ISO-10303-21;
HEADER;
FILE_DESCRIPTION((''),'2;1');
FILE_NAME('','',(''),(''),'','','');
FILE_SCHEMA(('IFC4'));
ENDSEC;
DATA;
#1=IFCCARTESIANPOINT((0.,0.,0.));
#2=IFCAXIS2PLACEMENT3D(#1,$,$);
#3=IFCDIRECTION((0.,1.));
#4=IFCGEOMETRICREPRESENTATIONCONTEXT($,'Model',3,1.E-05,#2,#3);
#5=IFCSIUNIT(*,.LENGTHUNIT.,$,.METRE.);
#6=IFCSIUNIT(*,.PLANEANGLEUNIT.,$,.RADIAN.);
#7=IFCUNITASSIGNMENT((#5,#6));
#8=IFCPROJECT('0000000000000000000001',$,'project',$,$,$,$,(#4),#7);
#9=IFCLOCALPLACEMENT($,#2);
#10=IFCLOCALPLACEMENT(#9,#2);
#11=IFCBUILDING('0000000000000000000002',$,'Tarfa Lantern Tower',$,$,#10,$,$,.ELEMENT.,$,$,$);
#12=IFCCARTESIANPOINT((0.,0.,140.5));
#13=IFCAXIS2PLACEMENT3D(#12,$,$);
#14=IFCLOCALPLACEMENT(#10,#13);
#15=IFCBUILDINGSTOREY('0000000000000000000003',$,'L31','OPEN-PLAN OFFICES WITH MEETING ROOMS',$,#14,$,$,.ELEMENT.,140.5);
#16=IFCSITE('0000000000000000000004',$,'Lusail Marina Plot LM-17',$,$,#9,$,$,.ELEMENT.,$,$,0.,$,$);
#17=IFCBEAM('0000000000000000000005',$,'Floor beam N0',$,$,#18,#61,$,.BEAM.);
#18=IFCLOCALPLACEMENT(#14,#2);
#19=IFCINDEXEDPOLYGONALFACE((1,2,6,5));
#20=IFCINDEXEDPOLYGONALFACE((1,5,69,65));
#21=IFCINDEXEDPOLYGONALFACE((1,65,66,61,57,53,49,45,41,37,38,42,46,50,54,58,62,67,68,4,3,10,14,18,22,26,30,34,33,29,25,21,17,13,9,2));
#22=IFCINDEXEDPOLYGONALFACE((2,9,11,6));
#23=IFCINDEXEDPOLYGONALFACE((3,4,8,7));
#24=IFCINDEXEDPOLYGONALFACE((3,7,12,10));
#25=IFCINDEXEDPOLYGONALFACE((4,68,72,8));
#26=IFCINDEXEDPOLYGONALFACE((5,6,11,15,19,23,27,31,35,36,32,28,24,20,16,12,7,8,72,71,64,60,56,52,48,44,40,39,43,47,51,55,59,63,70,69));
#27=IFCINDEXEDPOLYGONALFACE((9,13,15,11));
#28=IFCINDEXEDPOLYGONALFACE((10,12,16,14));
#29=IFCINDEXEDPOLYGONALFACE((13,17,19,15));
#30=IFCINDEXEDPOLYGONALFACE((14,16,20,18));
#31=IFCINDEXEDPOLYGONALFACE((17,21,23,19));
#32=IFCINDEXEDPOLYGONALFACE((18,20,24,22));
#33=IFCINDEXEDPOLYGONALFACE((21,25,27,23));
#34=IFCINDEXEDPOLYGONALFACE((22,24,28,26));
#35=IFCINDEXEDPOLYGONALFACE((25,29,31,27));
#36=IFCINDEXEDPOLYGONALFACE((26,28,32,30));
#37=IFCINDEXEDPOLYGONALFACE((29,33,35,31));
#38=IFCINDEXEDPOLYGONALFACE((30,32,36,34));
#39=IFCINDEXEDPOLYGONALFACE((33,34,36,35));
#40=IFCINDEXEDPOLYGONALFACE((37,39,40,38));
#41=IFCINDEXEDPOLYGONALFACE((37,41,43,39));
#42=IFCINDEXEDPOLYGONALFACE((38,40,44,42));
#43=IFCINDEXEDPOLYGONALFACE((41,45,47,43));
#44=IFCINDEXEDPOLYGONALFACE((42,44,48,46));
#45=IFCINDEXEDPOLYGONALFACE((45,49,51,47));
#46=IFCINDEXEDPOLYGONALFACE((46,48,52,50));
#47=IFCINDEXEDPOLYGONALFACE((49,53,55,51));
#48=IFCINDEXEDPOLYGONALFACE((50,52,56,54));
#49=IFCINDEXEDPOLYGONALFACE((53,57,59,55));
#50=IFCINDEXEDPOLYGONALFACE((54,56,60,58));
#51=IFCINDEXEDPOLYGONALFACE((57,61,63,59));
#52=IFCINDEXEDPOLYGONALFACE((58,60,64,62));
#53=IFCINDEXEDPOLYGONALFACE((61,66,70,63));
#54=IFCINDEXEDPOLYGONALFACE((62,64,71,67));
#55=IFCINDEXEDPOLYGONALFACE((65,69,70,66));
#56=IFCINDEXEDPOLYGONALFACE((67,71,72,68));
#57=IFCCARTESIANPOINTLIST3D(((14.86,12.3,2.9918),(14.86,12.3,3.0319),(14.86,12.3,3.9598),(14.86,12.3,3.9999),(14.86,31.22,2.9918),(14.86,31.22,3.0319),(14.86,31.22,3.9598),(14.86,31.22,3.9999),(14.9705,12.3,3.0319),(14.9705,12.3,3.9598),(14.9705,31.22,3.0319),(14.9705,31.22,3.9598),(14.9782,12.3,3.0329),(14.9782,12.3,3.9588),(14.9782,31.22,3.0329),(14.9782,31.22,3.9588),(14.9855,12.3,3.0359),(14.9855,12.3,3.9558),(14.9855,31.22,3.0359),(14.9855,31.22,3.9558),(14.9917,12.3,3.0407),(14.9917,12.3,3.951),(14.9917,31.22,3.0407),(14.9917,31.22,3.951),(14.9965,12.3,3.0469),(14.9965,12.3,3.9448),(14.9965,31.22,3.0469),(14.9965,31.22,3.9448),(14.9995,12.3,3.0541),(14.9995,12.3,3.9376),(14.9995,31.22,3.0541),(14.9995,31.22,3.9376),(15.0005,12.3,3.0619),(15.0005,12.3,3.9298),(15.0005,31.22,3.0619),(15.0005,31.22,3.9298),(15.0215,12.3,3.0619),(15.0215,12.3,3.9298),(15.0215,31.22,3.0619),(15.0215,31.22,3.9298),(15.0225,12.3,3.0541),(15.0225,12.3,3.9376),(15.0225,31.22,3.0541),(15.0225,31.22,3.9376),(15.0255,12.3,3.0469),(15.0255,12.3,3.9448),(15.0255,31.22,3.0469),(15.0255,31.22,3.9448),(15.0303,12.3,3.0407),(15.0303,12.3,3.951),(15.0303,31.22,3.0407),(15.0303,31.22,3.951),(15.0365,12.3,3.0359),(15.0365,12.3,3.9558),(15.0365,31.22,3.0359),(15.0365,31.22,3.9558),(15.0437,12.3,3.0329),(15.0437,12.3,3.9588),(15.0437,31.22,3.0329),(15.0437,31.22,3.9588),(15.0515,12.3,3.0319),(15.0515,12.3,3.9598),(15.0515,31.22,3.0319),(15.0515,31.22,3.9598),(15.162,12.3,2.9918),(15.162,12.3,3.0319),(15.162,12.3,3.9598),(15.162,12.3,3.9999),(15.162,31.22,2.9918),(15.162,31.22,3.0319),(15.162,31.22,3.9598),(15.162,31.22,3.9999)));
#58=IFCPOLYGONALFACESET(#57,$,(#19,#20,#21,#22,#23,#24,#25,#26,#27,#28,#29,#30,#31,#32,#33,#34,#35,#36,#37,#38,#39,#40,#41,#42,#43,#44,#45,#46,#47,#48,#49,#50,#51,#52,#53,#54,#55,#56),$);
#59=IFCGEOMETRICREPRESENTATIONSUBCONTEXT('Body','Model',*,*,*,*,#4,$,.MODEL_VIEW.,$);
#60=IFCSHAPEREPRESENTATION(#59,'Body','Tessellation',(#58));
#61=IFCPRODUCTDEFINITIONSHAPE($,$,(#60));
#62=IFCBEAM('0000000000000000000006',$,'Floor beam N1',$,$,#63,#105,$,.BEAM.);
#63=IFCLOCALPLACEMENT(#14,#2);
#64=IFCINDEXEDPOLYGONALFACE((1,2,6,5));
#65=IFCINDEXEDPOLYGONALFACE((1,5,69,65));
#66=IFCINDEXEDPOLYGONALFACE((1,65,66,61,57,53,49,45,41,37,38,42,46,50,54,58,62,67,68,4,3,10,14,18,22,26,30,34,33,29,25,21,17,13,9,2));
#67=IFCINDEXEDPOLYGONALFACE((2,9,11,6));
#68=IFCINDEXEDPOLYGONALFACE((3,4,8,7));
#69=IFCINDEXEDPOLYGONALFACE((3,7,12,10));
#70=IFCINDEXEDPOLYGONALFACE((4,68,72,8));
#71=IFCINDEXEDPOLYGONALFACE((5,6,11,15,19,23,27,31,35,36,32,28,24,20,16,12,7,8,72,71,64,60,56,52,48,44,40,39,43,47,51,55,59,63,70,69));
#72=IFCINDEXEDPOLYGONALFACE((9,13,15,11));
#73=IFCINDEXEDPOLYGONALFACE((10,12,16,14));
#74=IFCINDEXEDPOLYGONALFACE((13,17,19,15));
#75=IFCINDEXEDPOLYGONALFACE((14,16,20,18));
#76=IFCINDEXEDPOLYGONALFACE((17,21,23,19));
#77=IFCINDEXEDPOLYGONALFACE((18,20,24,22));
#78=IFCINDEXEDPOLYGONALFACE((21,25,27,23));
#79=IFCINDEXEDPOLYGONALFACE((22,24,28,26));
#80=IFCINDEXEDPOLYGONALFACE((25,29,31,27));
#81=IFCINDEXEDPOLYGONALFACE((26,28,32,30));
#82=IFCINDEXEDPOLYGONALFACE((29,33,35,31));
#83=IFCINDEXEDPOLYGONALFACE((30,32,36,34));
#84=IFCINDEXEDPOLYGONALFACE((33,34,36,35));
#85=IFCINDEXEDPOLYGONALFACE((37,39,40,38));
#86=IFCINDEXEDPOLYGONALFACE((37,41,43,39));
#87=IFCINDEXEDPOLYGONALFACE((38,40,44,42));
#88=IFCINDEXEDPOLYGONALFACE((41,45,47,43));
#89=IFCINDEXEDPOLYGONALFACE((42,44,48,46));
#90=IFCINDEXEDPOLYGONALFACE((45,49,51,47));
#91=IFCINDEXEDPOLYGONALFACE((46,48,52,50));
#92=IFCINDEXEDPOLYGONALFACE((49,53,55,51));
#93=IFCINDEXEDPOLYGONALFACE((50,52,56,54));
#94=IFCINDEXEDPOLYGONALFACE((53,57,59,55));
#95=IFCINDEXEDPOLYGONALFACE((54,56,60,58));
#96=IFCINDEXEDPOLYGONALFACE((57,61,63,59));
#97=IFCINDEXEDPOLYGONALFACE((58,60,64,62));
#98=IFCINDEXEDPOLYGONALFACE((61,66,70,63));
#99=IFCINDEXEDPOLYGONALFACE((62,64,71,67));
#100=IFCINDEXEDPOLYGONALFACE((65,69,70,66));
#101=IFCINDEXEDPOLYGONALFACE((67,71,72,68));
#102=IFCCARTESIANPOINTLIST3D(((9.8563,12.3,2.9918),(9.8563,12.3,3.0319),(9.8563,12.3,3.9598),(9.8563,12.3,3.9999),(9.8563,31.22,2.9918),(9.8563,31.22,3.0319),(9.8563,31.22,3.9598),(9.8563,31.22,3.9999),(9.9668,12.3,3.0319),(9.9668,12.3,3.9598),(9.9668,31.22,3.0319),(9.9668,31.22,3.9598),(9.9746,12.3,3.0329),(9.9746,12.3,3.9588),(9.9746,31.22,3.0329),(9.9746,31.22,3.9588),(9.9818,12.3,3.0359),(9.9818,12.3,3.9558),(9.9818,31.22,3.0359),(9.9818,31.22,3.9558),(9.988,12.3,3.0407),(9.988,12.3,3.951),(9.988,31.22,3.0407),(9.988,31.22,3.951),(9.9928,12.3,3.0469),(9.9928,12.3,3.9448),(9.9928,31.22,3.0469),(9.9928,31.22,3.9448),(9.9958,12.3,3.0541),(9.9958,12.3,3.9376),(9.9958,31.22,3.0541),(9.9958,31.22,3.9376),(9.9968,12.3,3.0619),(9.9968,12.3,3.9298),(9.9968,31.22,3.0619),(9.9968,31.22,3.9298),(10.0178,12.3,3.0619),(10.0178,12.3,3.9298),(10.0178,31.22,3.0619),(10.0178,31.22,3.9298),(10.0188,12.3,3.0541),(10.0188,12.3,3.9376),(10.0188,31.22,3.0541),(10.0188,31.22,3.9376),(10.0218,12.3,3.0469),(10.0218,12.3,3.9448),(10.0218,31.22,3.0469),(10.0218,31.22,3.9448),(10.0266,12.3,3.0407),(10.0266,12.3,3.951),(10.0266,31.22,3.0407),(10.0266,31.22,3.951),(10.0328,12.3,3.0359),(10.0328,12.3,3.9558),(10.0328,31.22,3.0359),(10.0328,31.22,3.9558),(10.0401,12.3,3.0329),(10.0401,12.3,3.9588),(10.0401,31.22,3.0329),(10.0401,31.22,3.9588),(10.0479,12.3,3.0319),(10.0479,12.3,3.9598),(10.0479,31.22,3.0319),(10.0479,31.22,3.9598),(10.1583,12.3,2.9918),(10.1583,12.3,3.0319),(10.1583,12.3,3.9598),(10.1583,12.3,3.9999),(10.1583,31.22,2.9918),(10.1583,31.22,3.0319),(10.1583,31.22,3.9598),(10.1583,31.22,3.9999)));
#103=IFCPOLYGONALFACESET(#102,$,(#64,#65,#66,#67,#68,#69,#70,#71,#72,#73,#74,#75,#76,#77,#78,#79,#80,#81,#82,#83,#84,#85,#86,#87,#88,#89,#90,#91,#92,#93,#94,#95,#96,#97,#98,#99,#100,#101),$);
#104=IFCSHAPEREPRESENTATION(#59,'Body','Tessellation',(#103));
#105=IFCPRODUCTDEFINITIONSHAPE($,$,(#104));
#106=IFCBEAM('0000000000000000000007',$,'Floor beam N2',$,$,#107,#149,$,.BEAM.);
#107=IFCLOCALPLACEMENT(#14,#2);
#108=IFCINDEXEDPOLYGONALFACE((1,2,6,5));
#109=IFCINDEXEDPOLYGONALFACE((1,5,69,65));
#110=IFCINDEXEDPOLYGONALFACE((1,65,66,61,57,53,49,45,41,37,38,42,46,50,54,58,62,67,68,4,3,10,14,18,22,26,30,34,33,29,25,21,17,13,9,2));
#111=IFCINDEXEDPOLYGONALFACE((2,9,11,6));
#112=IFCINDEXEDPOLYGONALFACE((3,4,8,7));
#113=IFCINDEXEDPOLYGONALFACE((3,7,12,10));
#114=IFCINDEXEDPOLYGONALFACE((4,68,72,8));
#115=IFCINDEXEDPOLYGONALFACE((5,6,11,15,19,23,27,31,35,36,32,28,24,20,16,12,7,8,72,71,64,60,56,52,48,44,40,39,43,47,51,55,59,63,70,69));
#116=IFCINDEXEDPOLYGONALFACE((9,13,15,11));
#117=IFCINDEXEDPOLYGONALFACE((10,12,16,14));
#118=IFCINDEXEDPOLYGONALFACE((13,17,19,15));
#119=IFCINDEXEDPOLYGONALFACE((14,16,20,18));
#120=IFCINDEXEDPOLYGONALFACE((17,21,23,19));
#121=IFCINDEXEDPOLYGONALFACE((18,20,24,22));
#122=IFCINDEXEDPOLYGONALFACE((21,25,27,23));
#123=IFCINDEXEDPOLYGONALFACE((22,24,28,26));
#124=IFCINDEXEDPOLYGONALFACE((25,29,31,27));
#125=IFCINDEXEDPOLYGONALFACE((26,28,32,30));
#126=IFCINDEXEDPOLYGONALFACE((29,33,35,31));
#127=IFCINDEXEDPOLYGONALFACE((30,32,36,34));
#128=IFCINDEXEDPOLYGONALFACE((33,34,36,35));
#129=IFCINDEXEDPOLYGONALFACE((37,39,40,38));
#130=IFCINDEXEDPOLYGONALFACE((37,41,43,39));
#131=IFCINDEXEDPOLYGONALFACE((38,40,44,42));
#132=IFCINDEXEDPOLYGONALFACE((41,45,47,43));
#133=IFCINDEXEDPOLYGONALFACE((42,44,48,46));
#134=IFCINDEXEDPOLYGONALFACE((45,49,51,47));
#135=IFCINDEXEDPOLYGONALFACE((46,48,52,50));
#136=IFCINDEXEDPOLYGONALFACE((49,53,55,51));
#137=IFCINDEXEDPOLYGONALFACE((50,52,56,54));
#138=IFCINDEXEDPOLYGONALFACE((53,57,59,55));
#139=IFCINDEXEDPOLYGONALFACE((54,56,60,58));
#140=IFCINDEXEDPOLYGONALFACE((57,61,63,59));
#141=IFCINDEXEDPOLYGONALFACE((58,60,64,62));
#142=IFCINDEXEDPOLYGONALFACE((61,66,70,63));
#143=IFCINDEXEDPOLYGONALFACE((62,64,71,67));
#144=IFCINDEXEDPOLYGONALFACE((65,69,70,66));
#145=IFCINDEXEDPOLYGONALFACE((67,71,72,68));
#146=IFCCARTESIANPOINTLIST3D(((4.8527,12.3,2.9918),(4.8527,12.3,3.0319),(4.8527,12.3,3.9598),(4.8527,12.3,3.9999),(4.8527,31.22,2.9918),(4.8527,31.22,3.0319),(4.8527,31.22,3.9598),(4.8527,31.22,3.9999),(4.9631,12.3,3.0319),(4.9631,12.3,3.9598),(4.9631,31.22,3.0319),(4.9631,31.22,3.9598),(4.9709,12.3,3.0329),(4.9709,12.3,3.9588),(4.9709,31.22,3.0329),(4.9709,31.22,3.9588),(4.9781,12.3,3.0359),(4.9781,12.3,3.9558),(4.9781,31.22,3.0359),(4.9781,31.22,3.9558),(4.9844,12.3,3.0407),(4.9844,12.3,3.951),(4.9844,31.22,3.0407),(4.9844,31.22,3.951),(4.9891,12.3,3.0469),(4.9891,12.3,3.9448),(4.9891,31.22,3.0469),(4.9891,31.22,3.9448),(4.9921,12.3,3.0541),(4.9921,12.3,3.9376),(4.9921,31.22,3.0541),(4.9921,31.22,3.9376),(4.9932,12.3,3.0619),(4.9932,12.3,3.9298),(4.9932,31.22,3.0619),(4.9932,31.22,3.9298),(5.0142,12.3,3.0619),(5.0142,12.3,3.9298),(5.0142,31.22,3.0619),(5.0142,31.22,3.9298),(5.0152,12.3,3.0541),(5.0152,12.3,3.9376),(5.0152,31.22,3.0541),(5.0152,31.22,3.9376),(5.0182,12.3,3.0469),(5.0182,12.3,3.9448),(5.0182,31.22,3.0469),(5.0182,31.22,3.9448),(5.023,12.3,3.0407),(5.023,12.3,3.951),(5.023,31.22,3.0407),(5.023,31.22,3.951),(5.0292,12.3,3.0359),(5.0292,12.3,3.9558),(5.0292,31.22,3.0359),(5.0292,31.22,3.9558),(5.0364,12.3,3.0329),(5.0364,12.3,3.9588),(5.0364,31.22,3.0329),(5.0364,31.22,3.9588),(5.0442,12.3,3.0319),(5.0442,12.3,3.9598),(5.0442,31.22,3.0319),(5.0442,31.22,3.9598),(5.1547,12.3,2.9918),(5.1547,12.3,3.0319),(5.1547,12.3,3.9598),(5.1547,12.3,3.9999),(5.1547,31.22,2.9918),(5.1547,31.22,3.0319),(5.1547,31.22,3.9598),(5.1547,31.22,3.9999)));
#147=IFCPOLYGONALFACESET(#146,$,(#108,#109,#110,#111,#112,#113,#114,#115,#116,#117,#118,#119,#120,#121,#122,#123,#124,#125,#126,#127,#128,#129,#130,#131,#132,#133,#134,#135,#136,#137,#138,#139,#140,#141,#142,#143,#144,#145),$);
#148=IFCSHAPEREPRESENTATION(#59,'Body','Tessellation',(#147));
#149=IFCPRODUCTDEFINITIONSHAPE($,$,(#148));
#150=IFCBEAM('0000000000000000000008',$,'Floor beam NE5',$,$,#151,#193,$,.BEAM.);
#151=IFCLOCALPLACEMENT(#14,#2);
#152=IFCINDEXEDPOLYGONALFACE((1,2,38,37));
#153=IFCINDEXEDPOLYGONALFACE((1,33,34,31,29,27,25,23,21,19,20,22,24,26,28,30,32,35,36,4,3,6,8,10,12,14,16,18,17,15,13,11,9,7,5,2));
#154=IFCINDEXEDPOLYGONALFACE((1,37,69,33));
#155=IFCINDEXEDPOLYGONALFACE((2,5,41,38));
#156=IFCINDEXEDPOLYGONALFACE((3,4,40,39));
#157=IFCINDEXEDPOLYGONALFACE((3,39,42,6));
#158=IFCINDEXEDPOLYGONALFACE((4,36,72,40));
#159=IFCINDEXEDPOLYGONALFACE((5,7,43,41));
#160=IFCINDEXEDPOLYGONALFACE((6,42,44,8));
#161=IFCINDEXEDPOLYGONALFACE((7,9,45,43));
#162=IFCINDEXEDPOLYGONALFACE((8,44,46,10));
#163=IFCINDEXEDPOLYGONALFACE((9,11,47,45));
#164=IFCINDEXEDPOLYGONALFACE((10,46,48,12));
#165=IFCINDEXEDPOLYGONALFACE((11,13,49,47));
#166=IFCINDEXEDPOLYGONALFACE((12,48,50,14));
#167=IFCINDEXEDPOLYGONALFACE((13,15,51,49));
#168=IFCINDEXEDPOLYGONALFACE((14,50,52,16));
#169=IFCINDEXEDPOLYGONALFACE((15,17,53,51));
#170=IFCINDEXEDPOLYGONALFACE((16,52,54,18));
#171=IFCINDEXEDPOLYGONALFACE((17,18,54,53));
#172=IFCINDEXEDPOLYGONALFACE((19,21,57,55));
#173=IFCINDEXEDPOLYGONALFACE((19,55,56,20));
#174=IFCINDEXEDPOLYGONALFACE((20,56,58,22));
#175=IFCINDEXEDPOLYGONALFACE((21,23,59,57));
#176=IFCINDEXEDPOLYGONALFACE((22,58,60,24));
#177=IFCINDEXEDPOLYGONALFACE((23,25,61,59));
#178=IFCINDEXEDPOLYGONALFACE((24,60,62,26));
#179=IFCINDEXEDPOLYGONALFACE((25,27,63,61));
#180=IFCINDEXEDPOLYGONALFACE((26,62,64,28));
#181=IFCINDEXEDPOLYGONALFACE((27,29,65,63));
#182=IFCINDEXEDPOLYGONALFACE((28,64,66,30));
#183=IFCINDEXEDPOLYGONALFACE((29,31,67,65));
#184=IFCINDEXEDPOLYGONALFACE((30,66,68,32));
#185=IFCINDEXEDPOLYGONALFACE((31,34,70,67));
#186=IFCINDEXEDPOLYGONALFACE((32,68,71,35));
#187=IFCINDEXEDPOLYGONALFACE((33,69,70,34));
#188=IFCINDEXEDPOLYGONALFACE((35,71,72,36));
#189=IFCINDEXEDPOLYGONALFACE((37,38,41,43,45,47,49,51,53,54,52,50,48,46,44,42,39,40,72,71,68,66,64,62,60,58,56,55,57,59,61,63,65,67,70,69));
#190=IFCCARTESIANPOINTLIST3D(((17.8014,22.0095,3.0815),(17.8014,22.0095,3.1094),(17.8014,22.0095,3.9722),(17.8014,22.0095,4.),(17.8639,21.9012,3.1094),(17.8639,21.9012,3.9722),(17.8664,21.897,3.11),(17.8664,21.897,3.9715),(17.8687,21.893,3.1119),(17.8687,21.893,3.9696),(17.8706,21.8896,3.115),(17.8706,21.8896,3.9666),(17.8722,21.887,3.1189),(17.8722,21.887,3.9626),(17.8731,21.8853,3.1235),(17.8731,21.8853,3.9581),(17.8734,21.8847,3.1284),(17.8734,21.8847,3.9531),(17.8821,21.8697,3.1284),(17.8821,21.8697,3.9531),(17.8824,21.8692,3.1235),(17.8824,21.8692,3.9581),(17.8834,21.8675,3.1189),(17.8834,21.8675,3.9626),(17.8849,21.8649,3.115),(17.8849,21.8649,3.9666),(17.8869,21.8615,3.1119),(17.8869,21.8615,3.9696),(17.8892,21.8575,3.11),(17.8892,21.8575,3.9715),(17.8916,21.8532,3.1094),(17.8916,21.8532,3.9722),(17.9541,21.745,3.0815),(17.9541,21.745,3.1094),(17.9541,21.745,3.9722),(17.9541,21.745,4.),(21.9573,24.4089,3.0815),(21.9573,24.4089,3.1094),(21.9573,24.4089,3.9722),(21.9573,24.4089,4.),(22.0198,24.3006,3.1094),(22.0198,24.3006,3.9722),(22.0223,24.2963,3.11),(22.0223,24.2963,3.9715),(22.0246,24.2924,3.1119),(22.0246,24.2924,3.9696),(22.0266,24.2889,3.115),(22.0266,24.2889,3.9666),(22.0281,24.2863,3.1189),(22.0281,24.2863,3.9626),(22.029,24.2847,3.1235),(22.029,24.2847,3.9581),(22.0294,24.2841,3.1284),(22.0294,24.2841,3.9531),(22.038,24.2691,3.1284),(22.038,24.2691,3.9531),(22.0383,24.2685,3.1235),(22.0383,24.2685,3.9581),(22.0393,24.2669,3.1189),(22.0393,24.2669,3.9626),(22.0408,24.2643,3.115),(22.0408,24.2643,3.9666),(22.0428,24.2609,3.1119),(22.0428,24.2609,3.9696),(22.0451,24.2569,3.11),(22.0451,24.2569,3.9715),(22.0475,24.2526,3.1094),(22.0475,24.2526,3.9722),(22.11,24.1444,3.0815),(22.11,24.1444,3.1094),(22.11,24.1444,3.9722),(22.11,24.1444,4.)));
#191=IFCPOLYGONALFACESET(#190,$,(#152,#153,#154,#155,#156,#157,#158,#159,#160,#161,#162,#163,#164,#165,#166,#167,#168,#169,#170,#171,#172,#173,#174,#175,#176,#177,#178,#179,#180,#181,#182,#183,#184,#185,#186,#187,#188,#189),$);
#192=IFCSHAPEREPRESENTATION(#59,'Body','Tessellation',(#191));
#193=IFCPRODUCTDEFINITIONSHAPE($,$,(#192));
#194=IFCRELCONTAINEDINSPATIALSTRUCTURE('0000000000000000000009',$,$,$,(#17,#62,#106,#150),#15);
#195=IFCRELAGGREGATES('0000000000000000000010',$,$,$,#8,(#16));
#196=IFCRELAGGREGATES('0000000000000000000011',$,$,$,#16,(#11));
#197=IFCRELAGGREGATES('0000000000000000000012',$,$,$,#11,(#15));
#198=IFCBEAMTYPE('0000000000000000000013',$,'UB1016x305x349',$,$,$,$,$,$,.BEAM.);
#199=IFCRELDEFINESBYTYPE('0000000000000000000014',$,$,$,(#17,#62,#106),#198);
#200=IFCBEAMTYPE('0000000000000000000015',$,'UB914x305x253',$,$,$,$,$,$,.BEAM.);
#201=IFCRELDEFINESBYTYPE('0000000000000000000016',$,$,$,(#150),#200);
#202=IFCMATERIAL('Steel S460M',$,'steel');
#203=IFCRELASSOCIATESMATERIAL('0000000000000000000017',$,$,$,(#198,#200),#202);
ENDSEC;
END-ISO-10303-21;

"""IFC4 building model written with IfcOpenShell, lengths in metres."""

from ifc_helpers import new_model, si_unit, direction, frame, origin, origin_2d, place, context, subcontext, project, spatial, i_section, extrude, material, material_profile, profile_set, type_object, element, save


model = new_model("IFC4")

# Units and contexts
model_context = context("Model", 3, precision=1e-05, world=origin(), true_north=direction((0.0, 1.0)))
body_context = subcontext(model_context, "Body", "Model", "MODEL_VIEW")
ifc_project = project(units=[si_unit("LENGTHUNIT", "METRE"), si_unit("PLANEANGLEUNIT", "RADIAN")], contexts=[model_context])

# Site, building, storey
site_placement = place(None, origin())
site = spatial("IfcSite", under=ifc_project, at=site_placement, Name="Lusail Marina Plot LM-17", CompositionType="ELEMENT", RefElevation=0.0)
building_placement = place(site_placement, origin())
building = spatial("IfcBuilding", under=site, at=building_placement, Name="Tarfa Lantern Tower", CompositionType="ELEMENT")
storey_placement = place(building_placement, frame((0.0, 0.0, 140.5)))
storey = spatial("IfcBuildingStorey", under=building, at=storey_placement, Name="L31", Description="OPEN-PLAN OFFICES WITH MEETING ROOMS", CompositionType="ELEMENT", Elevation=140.5)

# Beams
ifc_material_1 = material(Name="Steel S460M", Category="steel")
ifc_material_profile_1 = material_profile(ifc_material_1, i_section(OverallWidth=0.302, OverallDepth=1.0081, WebThickness=0.021, FlangeThickness=0.04, FilletRadius=0.03, at=origin_2d()), Name="UB1016x305x349")
ifc_profile_set_1 = profile_set([ifc_material_profile_1], Name="Steel S460M")
beam_type_1 = type_object("IfcBeamType", Name="UB1016x305x349", PredefinedType="BEAM", material=ifc_profile_set_1)
for number, where, z_axis, x_axis, name in (
    (1, (15.011, 31.22, 3.4958), (0.0, -1.0, 0.0), (1.0, 0.0, 0.0), "Floor beam N0"),
    (2, (10.0073, 31.22, 3.4958), (0.0, -1.0, 0.0), (1.0, 0.0, 0.0), "Floor beam N1"),
    (3, (5.0037, 31.22, 3.4958), (0.0, -1.0, 0.0), (1.0, 0.0, 0.0), "Floor beam N2"),
):
    element("IfcBeam", number, at=place(storey_placement, frame(where, z_axis=z_axis, x_axis=x_axis)), inside=storey, type_object=beam_type_1, Name=name, PredefinedType="BEAM", context=body_context, shape_type="SweptSolid", body=[
        extrude(i_section(OverallWidth=0.302, OverallDepth=1.0081, WebThickness=0.021, FlangeThickness=0.04, FilletRadius=0.03, at=origin_2d()), origin(), (0.0, 0.0, 1.0), 18.9199),
    ])
ifc_material_profile_2 = material_profile(ifc_material_1, i_section(OverallWidth=0.3054, OverallDepth=0.9185, WebThickness=0.0173, FlangeThickness=0.0278, FilletRadius=0.019, at=origin_2d()), Name="UB914x305x253")
ifc_profile_set_2 = profile_set([ifc_material_profile_2], Name="Steel S460M")
beam_type_2 = type_object("IfcBeamType", Name="UB914x305x253", PredefinedType="BEAM", material=ifc_profile_set_2)
beam_1_placement = place(storey_placement, frame((22.0337, 24.2766, 3.5408), z_axis=(-0.866031, -0.499991, 0.0), x_axis=(0.499991, -0.866031, 0.0)))
element("IfcBeam", 4, at=beam_1_placement, inside=storey, type_object=beam_type_2, Name="Floor beam NE5", PredefinedType="BEAM", context=body_context, shape_type="SweptSolid", body=[
    extrude(i_section(OverallWidth=0.3054, OverallDepth=0.9185, WebThickness=0.0173, FlangeThickness=0.0278, FilletRadius=0.019, at=origin_2d()), origin(), (0.0, 0.0, 1.0), 4.7988),
])

save(model, "model.ifc")
